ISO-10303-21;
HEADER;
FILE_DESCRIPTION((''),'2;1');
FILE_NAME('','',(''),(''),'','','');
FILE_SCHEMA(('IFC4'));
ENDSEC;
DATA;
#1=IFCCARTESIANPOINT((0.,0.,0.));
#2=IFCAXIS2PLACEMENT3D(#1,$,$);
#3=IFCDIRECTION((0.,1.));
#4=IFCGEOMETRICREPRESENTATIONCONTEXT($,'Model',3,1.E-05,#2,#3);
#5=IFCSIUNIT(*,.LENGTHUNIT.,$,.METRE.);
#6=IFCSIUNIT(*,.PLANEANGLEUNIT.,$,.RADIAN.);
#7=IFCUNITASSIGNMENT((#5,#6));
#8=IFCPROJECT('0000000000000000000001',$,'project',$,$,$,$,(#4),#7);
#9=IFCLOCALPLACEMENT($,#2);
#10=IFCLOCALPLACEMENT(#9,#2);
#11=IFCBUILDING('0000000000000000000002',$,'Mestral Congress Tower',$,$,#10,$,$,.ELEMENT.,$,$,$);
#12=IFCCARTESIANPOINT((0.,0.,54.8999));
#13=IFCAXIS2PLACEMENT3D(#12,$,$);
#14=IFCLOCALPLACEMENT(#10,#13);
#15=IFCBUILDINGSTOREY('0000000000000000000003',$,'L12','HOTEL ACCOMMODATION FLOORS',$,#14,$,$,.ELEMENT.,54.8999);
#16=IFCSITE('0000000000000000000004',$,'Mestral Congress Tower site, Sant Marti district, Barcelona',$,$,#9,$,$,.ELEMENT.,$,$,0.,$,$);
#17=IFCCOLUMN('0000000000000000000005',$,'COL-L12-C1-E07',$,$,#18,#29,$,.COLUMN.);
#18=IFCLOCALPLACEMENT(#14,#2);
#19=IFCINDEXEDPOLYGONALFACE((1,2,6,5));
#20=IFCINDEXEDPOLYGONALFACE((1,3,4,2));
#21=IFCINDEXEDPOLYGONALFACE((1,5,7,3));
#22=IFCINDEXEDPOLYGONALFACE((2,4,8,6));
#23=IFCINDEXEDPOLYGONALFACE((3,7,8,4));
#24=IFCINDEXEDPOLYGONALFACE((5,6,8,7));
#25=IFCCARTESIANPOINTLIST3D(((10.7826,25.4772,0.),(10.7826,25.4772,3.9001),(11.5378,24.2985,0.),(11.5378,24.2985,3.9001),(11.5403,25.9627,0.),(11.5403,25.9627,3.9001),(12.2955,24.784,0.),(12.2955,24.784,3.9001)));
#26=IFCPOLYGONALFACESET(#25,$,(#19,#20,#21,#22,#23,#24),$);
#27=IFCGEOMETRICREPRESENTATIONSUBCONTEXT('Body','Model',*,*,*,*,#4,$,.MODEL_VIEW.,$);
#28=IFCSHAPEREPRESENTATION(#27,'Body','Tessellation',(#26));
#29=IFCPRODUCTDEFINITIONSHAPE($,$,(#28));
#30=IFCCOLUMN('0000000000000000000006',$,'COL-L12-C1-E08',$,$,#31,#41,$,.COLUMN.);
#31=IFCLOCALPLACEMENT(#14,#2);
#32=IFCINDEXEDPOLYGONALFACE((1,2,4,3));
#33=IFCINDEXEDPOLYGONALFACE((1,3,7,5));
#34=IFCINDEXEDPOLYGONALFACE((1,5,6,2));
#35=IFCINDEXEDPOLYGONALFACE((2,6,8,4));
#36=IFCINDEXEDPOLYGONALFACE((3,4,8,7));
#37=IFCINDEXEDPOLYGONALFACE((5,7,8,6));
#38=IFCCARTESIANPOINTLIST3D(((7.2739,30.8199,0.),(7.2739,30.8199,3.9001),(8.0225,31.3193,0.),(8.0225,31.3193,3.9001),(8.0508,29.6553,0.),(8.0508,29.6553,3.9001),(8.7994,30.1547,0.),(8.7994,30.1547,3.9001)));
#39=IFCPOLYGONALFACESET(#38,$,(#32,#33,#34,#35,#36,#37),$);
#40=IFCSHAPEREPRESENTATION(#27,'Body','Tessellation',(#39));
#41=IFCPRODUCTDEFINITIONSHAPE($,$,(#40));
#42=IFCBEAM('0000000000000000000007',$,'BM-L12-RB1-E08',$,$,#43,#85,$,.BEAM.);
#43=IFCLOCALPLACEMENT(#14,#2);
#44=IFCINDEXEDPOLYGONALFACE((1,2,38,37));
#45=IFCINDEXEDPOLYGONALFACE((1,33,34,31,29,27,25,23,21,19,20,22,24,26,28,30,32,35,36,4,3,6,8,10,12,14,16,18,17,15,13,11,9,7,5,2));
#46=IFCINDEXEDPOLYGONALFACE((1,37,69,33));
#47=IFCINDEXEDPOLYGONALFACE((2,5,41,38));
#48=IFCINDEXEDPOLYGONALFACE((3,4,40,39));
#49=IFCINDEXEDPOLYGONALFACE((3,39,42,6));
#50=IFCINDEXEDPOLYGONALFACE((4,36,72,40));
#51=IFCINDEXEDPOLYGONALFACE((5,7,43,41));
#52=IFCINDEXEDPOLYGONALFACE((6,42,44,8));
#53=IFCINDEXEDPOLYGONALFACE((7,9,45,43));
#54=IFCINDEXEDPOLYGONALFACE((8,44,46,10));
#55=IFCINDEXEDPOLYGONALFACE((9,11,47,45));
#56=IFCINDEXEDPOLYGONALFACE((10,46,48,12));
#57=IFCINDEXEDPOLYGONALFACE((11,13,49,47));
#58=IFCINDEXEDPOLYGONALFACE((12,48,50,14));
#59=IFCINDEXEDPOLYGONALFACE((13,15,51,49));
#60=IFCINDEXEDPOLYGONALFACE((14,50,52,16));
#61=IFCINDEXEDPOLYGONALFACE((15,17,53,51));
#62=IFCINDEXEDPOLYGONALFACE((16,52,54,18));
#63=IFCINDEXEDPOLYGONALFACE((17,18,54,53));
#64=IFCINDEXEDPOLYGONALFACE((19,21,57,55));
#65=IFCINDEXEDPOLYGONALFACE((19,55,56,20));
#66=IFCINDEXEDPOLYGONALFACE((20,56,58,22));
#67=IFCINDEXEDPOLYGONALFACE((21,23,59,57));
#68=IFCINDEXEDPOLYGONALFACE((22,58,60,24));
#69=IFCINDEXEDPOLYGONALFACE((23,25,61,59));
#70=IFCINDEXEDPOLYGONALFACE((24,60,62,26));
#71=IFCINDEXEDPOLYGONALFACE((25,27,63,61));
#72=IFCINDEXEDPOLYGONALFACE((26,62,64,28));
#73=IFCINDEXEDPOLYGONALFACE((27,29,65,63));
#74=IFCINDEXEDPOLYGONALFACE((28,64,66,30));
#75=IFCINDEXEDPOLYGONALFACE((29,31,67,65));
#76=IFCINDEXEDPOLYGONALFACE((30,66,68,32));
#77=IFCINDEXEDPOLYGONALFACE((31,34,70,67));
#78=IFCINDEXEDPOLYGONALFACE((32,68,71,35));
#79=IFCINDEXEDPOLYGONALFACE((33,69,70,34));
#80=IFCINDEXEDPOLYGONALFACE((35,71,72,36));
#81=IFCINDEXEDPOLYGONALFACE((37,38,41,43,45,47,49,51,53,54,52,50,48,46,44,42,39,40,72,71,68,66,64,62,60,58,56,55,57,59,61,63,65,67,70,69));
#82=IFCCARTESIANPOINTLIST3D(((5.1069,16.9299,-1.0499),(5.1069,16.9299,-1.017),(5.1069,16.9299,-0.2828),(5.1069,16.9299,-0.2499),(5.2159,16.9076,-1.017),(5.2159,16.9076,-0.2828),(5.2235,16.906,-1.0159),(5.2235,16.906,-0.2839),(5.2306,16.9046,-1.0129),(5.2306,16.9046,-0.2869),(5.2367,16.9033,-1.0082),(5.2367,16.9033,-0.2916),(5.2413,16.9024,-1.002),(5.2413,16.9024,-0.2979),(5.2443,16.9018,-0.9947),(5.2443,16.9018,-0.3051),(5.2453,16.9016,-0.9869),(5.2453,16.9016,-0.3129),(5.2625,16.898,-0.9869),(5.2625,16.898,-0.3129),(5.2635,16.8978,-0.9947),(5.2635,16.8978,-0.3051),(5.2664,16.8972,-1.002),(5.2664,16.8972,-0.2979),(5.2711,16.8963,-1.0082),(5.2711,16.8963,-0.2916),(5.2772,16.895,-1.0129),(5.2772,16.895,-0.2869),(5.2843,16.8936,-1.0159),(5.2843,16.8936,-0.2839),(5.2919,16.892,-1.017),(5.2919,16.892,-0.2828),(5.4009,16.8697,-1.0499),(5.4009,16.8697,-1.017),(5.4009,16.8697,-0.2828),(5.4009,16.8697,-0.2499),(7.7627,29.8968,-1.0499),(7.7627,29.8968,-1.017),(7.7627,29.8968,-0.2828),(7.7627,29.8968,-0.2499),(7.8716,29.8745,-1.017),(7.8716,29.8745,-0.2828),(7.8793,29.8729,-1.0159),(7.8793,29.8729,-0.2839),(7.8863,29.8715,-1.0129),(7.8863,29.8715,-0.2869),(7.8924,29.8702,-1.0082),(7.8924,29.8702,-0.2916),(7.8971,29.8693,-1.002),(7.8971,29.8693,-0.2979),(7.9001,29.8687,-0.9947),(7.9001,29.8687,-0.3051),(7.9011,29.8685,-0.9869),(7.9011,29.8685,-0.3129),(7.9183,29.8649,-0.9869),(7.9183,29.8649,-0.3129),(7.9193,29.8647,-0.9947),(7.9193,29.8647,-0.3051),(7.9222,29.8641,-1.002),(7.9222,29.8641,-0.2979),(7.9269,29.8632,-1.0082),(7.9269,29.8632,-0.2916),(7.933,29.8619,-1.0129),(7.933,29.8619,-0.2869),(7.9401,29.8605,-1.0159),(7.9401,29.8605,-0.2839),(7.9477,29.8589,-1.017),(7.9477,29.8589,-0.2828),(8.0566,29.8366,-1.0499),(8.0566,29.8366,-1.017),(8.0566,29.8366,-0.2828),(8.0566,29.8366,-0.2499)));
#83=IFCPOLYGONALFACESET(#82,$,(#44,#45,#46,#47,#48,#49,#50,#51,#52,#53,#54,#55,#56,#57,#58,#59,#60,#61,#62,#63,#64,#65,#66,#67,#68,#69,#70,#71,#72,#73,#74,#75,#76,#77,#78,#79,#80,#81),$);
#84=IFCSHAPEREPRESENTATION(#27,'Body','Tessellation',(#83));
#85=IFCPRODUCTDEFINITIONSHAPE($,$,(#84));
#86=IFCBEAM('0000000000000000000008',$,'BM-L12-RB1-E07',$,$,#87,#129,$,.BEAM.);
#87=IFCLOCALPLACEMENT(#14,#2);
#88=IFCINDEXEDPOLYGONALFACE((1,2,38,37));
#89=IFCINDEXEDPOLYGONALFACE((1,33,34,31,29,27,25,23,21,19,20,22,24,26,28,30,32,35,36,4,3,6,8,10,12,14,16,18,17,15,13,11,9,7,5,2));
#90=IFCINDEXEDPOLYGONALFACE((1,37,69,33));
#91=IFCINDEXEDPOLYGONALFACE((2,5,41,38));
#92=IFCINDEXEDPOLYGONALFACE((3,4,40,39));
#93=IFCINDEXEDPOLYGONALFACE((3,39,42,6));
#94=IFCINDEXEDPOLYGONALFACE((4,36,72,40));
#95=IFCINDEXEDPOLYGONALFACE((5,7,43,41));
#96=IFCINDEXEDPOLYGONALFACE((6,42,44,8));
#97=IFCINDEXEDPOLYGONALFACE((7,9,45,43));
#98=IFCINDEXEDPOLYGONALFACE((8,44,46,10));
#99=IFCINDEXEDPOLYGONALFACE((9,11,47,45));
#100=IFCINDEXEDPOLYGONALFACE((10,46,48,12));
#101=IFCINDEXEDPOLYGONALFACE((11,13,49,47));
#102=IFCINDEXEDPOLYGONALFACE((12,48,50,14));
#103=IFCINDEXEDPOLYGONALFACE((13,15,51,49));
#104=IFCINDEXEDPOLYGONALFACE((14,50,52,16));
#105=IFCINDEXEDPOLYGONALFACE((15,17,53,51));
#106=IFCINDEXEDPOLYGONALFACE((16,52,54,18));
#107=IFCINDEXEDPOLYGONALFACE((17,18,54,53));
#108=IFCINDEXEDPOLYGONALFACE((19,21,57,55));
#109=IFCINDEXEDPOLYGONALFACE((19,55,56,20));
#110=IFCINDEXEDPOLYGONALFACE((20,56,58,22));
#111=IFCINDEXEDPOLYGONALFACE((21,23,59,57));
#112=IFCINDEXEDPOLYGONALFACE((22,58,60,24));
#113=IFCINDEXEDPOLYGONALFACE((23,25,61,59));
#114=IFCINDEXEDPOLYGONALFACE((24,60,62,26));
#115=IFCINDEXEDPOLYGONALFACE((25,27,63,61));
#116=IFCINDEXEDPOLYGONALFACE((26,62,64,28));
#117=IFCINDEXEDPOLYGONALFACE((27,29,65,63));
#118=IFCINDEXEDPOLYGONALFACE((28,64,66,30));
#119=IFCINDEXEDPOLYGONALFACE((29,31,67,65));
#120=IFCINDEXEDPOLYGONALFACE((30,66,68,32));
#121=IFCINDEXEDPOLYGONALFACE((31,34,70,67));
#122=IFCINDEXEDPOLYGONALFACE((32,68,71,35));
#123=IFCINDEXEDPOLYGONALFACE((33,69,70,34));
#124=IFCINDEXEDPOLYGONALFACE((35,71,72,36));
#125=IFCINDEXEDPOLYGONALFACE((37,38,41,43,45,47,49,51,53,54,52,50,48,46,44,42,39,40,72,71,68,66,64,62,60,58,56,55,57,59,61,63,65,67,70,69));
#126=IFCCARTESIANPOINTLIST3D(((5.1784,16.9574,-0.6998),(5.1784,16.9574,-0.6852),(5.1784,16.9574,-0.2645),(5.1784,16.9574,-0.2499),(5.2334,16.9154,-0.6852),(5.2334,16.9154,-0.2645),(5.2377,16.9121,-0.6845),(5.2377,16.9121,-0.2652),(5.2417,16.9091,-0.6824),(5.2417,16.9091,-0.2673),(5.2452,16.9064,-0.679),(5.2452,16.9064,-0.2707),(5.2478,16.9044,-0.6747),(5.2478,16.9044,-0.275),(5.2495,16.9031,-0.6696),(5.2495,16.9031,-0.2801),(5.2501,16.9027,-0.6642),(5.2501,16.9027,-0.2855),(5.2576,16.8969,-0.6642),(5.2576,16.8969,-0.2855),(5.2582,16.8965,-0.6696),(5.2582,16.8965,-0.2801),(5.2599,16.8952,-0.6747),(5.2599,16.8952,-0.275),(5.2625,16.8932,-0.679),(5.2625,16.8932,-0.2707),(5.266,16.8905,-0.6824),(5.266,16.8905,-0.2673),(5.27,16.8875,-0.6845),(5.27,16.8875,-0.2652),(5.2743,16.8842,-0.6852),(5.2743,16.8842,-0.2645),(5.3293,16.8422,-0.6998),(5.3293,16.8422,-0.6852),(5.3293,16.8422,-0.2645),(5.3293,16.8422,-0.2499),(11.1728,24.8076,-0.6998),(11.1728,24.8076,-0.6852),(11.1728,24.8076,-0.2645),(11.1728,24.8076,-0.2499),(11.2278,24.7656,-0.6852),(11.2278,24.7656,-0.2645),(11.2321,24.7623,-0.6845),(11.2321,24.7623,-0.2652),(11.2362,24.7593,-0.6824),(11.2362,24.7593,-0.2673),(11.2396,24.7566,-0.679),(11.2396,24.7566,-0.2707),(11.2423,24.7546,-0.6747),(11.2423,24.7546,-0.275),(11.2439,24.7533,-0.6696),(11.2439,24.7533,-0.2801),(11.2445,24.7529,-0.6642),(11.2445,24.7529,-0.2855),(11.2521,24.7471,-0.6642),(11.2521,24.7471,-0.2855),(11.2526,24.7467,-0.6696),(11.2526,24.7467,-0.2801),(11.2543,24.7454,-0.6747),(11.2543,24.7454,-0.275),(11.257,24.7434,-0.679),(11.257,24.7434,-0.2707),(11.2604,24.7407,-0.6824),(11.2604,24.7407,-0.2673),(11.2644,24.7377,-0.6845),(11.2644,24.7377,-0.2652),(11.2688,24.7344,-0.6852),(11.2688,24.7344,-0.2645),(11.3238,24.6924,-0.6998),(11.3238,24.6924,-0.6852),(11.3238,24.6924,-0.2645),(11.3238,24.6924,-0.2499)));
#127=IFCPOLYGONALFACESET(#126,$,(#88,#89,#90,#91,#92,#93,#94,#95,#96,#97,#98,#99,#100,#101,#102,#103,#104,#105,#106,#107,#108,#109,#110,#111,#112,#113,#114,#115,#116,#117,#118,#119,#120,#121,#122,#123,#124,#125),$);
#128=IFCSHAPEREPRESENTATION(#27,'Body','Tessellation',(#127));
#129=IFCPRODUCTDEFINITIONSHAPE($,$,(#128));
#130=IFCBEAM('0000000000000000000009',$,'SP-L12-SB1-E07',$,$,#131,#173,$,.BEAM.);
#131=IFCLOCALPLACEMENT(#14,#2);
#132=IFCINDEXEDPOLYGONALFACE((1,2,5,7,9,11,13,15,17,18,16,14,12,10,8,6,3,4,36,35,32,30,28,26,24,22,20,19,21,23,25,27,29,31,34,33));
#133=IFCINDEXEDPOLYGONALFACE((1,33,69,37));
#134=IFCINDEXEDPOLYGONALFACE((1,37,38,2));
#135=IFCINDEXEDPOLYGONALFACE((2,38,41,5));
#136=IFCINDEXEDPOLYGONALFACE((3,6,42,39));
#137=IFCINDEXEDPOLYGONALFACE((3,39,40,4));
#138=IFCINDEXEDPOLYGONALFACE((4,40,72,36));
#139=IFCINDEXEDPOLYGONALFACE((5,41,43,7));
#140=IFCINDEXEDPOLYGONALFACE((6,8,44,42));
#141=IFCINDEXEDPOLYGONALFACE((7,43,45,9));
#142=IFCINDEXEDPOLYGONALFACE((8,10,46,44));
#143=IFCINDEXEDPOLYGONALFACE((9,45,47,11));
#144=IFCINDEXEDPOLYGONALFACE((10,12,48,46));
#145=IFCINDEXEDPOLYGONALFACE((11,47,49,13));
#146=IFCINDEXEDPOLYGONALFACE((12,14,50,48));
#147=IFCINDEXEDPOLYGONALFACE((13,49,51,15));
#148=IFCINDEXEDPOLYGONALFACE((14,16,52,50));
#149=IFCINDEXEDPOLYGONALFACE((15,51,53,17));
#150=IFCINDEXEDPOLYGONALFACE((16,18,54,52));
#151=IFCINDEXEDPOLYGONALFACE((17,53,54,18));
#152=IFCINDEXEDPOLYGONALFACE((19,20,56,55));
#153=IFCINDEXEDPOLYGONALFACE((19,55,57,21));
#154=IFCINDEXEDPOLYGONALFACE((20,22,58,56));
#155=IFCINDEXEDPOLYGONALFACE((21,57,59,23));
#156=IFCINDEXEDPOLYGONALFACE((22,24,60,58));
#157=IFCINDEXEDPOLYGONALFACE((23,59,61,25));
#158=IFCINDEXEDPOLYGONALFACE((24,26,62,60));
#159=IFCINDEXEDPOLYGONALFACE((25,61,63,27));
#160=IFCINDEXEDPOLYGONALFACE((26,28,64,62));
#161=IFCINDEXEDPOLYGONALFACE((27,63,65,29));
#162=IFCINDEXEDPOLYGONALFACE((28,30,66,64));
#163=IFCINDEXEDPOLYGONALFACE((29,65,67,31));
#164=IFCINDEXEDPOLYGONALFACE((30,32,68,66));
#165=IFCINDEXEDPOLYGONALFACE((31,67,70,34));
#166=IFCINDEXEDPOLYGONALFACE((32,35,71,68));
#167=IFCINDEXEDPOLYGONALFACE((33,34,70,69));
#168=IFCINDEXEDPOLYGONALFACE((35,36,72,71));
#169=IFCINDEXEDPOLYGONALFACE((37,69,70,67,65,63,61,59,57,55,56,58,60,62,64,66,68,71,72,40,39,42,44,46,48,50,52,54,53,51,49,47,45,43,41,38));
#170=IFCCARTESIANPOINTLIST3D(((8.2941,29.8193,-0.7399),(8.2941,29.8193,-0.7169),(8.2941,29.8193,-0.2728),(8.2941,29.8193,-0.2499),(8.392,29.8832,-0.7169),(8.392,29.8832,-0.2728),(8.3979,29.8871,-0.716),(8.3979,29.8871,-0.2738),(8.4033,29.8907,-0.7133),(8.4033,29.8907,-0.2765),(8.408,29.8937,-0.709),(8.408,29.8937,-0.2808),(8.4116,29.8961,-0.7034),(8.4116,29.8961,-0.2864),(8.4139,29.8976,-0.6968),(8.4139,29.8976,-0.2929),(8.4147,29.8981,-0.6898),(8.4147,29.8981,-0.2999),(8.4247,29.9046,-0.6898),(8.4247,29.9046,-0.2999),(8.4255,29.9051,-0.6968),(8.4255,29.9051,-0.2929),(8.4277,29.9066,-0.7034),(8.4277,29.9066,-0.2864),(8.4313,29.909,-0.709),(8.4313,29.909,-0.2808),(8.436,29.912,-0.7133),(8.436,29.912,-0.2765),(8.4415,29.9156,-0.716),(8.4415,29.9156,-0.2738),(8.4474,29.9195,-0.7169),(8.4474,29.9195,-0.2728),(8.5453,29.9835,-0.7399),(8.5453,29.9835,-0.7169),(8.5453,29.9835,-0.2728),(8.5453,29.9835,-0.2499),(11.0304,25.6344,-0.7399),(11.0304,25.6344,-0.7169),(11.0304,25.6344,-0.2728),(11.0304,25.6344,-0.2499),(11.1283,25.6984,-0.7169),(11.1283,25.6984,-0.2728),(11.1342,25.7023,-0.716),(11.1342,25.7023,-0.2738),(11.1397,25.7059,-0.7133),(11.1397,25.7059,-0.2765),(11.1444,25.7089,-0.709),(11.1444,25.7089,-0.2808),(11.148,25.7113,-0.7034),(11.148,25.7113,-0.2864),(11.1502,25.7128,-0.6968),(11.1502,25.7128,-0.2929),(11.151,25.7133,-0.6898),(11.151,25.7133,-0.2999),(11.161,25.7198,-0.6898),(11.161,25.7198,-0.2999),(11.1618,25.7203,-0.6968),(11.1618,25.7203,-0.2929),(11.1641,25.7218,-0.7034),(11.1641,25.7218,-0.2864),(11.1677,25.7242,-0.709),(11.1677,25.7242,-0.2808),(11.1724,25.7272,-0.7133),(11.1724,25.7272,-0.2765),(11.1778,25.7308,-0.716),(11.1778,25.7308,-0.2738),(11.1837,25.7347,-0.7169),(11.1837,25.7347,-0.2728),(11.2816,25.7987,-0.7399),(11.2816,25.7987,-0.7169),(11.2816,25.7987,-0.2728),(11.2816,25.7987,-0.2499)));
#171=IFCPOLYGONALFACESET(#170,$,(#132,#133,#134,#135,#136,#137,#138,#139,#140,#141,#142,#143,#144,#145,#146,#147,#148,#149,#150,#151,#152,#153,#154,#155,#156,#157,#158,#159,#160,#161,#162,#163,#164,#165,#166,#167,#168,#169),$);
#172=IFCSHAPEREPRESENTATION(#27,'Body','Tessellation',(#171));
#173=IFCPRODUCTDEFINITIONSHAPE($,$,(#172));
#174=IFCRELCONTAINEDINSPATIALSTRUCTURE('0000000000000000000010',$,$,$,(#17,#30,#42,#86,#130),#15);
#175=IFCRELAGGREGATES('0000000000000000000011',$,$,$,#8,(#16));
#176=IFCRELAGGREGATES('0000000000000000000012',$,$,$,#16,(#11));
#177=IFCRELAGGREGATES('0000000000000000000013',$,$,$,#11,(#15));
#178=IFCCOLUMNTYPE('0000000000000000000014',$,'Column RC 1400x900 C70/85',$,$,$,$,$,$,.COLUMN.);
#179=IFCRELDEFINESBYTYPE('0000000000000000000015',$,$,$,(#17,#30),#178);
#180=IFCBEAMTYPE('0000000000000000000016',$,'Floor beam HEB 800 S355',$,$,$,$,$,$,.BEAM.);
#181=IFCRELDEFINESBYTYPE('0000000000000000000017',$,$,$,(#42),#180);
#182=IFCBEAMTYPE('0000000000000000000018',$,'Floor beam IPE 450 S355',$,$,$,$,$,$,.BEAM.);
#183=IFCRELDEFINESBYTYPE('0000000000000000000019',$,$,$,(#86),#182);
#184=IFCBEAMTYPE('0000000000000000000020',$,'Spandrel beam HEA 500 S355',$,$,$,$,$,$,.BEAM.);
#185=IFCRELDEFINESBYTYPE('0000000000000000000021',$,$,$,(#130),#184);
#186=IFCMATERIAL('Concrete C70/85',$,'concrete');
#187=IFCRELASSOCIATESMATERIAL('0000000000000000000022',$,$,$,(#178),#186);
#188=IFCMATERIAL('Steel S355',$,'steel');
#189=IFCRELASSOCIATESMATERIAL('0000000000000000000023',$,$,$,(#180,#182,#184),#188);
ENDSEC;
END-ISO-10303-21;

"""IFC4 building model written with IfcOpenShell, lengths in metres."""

from ifc_helpers import new_model, si_unit, direction, frame, origin, origin_2d, place, context, subcontext, project, spatial, rectangle, i_section, extrude, material, material_profile, profile_set, type_object, element, save


model = new_model("IFC4")

# Units and contexts
model_context = context("Model", 3, precision=1e-05, world=origin(), true_north=direction((0.0, 1.0)))
body_context = subcontext(model_context, "Body", "Model", "MODEL_VIEW")
ifc_project = project(units=[si_unit("LENGTHUNIT", "METRE"), si_unit("PLANEANGLEUNIT", "RADIAN")], contexts=[model_context])

# Site, building, storey
site_placement = place(None, origin())
site = spatial("IfcSite", under=ifc_project, at=site_placement, Name="Mestral Congress Tower site, Sant Marti district, Barcelona", CompositionType="ELEMENT", RefElevation=0.0)
building_placement = place(site_placement, origin())
building = spatial("IfcBuilding", under=site, at=building_placement, Name="Mestral Congress Tower", CompositionType="ELEMENT")
storey_placement = place(building_placement, frame((0.0, 0.0, 54.8999)))
storey = spatial("IfcBuildingStorey", under=building, at=storey_placement, Name="L12", Description="HOTEL ACCOMMODATION FLOORS", CompositionType="ELEMENT", Elevation=54.8999)

# Columns
ifc_material_1 = material(Name="Concrete C70/85", Category="concrete")
ifc_material_profile_1 = material_profile(ifc_material_1, rectangle(XDim=1.3999, YDim=0.8999, at=origin_2d()), Name="RC 1400x900")
ifc_profile_set_1 = profile_set([ifc_material_profile_1], Name="Concrete C70/85")
column_type = type_object("IfcColumnType", Name="Column RC 1400x900 C70/85", PredefinedType="COLUMN", material=ifc_profile_set_1)
for number, where, z_axis, x_axis, name in (
    (1, (11.5391, 25.1306, 0.0), (0.0, 0.0, 1.0), (-0.539476, 0.842001, 0.0), "COL-L12-C1-E07"),
    (2, (8.0366, 30.4873, 0.0), (0.0, 0.0, 1.0), (-0.554949, 0.831884, 0.0), "COL-L12-C1-E08"),
):
    element("IfcColumn", number, at=place(storey_placement, frame(where, z_axis=z_axis, x_axis=x_axis)), inside=storey, type_object=column_type, Name=name, PredefinedType="COLUMN", context=body_context, shape_type="SweptSolid", body=[
        extrude(rectangle(XDim=1.3999, YDim=0.8999, at=origin_2d()), origin(), (0.0, 0.0, 1.0), 3.9001),
    ])

# Beams
ifc_material_2 = material(Name="Steel S355", Category="steel")
ifc_material_profile_2 = material_profile(ifc_material_2, i_section(OverallWidth=0.3, OverallDepth=0.8, WebThickness=0.0176, FlangeThickness=0.033, FilletRadius=0.03, at=origin_2d()), Name="HEB 800")
ifc_profile_set_2 = profile_set([ifc_material_profile_2], Name="Steel S355")
beam_type_1 = type_object("IfcBeamType", Name="Floor beam HEB 800 S355", PredefinedType="BEAM", material=ifc_profile_set_2)
beam_1_placement = place(storey_placement, frame((7.9097, 29.8667, -0.6499), z_axis=(-0.200647, -0.979664, 0.0), x_axis=(0.979664, -0.200647, 0.0)))
element("IfcBeam", 3, at=beam_1_placement, inside=storey, type_object=beam_type_1, Name="BM-L12-RB1-E08", PredefinedType="BEAM", context=body_context, shape_type="SweptSolid", body=[
    extrude(i_section(OverallWidth=0.3, OverallDepth=0.8, WebThickness=0.0176, FlangeThickness=0.033, FilletRadius=0.03, at=origin_2d()), origin(), (0.0, 0.0, 1.0), 13.2361),
])
ifc_material_profile_3 = material_profile(ifc_material_2, i_section(OverallWidth=0.1899, OverallDepth=0.45, WebThickness=0.0095, FlangeThickness=0.0146, FilletRadius=0.021, at=origin_2d()), Name="IPE 450")
ifc_profile_set_3 = profile_set([ifc_material_profile_3], Name="Steel S355")
beam_type_2 = type_object("IfcBeamType", Name="Floor beam IPE 450 S355", PredefinedType="BEAM", material=ifc_profile_set_3)
beam_2_placement = place(storey_placement, frame((11.2483, 24.75, -0.4749), z_axis=(-0.606899, -0.794779, 0.0), x_axis=(0.794779, -0.606899, 0.0)))
element("IfcBeam", 4, at=beam_2_placement, inside=storey, type_object=beam_type_2, Name="BM-L12-RB1-E07", PredefinedType="BEAM", context=body_context, shape_type="SweptSolid", body=[
    extrude(i_section(OverallWidth=0.1899, OverallDepth=0.45, WebThickness=0.0095, FlangeThickness=0.0146, FilletRadius=0.021, at=origin_2d()), origin(), (0.0, 0.0, 1.0), 9.8772),
])
ifc_material_profile_4 = material_profile(ifc_material_2, i_section(OverallWidth=0.3, OverallDepth=0.49, WebThickness=0.012, FlangeThickness=0.0229, FilletRadius=0.0271, at=origin_2d()), Name="HEA 500")
ifc_profile_set_4 = profile_set([ifc_material_profile_4], Name="Steel S355")
beam_type_3 = type_object("IfcBeamType", Name="Spandrel beam HEA 500 S355", PredefinedType="BEAM", material=ifc_profile_set_4)
beam_3_placement = place(storey_placement, frame((11.156, 25.7166, -0.4949), z_axis=(-0.547264, 0.83696, 0.0), x_axis=(-0.83696, -0.547264, 0.0)))
element("IfcBeam", 5, at=beam_3_placement, inside=storey, type_object=beam_type_3, Name="SP-L12-SB1-E07", PredefinedType="BEAM", context=body_context, shape_type="SweptSolid", body=[
    extrude(i_section(OverallWidth=0.3, OverallDepth=0.49, WebThickness=0.012, FlangeThickness=0.0229, FilletRadius=0.0271, at=origin_2d()), origin(), (0.0, 0.0, 1.0), 5.0),
])

save(model, "model.ifc")
